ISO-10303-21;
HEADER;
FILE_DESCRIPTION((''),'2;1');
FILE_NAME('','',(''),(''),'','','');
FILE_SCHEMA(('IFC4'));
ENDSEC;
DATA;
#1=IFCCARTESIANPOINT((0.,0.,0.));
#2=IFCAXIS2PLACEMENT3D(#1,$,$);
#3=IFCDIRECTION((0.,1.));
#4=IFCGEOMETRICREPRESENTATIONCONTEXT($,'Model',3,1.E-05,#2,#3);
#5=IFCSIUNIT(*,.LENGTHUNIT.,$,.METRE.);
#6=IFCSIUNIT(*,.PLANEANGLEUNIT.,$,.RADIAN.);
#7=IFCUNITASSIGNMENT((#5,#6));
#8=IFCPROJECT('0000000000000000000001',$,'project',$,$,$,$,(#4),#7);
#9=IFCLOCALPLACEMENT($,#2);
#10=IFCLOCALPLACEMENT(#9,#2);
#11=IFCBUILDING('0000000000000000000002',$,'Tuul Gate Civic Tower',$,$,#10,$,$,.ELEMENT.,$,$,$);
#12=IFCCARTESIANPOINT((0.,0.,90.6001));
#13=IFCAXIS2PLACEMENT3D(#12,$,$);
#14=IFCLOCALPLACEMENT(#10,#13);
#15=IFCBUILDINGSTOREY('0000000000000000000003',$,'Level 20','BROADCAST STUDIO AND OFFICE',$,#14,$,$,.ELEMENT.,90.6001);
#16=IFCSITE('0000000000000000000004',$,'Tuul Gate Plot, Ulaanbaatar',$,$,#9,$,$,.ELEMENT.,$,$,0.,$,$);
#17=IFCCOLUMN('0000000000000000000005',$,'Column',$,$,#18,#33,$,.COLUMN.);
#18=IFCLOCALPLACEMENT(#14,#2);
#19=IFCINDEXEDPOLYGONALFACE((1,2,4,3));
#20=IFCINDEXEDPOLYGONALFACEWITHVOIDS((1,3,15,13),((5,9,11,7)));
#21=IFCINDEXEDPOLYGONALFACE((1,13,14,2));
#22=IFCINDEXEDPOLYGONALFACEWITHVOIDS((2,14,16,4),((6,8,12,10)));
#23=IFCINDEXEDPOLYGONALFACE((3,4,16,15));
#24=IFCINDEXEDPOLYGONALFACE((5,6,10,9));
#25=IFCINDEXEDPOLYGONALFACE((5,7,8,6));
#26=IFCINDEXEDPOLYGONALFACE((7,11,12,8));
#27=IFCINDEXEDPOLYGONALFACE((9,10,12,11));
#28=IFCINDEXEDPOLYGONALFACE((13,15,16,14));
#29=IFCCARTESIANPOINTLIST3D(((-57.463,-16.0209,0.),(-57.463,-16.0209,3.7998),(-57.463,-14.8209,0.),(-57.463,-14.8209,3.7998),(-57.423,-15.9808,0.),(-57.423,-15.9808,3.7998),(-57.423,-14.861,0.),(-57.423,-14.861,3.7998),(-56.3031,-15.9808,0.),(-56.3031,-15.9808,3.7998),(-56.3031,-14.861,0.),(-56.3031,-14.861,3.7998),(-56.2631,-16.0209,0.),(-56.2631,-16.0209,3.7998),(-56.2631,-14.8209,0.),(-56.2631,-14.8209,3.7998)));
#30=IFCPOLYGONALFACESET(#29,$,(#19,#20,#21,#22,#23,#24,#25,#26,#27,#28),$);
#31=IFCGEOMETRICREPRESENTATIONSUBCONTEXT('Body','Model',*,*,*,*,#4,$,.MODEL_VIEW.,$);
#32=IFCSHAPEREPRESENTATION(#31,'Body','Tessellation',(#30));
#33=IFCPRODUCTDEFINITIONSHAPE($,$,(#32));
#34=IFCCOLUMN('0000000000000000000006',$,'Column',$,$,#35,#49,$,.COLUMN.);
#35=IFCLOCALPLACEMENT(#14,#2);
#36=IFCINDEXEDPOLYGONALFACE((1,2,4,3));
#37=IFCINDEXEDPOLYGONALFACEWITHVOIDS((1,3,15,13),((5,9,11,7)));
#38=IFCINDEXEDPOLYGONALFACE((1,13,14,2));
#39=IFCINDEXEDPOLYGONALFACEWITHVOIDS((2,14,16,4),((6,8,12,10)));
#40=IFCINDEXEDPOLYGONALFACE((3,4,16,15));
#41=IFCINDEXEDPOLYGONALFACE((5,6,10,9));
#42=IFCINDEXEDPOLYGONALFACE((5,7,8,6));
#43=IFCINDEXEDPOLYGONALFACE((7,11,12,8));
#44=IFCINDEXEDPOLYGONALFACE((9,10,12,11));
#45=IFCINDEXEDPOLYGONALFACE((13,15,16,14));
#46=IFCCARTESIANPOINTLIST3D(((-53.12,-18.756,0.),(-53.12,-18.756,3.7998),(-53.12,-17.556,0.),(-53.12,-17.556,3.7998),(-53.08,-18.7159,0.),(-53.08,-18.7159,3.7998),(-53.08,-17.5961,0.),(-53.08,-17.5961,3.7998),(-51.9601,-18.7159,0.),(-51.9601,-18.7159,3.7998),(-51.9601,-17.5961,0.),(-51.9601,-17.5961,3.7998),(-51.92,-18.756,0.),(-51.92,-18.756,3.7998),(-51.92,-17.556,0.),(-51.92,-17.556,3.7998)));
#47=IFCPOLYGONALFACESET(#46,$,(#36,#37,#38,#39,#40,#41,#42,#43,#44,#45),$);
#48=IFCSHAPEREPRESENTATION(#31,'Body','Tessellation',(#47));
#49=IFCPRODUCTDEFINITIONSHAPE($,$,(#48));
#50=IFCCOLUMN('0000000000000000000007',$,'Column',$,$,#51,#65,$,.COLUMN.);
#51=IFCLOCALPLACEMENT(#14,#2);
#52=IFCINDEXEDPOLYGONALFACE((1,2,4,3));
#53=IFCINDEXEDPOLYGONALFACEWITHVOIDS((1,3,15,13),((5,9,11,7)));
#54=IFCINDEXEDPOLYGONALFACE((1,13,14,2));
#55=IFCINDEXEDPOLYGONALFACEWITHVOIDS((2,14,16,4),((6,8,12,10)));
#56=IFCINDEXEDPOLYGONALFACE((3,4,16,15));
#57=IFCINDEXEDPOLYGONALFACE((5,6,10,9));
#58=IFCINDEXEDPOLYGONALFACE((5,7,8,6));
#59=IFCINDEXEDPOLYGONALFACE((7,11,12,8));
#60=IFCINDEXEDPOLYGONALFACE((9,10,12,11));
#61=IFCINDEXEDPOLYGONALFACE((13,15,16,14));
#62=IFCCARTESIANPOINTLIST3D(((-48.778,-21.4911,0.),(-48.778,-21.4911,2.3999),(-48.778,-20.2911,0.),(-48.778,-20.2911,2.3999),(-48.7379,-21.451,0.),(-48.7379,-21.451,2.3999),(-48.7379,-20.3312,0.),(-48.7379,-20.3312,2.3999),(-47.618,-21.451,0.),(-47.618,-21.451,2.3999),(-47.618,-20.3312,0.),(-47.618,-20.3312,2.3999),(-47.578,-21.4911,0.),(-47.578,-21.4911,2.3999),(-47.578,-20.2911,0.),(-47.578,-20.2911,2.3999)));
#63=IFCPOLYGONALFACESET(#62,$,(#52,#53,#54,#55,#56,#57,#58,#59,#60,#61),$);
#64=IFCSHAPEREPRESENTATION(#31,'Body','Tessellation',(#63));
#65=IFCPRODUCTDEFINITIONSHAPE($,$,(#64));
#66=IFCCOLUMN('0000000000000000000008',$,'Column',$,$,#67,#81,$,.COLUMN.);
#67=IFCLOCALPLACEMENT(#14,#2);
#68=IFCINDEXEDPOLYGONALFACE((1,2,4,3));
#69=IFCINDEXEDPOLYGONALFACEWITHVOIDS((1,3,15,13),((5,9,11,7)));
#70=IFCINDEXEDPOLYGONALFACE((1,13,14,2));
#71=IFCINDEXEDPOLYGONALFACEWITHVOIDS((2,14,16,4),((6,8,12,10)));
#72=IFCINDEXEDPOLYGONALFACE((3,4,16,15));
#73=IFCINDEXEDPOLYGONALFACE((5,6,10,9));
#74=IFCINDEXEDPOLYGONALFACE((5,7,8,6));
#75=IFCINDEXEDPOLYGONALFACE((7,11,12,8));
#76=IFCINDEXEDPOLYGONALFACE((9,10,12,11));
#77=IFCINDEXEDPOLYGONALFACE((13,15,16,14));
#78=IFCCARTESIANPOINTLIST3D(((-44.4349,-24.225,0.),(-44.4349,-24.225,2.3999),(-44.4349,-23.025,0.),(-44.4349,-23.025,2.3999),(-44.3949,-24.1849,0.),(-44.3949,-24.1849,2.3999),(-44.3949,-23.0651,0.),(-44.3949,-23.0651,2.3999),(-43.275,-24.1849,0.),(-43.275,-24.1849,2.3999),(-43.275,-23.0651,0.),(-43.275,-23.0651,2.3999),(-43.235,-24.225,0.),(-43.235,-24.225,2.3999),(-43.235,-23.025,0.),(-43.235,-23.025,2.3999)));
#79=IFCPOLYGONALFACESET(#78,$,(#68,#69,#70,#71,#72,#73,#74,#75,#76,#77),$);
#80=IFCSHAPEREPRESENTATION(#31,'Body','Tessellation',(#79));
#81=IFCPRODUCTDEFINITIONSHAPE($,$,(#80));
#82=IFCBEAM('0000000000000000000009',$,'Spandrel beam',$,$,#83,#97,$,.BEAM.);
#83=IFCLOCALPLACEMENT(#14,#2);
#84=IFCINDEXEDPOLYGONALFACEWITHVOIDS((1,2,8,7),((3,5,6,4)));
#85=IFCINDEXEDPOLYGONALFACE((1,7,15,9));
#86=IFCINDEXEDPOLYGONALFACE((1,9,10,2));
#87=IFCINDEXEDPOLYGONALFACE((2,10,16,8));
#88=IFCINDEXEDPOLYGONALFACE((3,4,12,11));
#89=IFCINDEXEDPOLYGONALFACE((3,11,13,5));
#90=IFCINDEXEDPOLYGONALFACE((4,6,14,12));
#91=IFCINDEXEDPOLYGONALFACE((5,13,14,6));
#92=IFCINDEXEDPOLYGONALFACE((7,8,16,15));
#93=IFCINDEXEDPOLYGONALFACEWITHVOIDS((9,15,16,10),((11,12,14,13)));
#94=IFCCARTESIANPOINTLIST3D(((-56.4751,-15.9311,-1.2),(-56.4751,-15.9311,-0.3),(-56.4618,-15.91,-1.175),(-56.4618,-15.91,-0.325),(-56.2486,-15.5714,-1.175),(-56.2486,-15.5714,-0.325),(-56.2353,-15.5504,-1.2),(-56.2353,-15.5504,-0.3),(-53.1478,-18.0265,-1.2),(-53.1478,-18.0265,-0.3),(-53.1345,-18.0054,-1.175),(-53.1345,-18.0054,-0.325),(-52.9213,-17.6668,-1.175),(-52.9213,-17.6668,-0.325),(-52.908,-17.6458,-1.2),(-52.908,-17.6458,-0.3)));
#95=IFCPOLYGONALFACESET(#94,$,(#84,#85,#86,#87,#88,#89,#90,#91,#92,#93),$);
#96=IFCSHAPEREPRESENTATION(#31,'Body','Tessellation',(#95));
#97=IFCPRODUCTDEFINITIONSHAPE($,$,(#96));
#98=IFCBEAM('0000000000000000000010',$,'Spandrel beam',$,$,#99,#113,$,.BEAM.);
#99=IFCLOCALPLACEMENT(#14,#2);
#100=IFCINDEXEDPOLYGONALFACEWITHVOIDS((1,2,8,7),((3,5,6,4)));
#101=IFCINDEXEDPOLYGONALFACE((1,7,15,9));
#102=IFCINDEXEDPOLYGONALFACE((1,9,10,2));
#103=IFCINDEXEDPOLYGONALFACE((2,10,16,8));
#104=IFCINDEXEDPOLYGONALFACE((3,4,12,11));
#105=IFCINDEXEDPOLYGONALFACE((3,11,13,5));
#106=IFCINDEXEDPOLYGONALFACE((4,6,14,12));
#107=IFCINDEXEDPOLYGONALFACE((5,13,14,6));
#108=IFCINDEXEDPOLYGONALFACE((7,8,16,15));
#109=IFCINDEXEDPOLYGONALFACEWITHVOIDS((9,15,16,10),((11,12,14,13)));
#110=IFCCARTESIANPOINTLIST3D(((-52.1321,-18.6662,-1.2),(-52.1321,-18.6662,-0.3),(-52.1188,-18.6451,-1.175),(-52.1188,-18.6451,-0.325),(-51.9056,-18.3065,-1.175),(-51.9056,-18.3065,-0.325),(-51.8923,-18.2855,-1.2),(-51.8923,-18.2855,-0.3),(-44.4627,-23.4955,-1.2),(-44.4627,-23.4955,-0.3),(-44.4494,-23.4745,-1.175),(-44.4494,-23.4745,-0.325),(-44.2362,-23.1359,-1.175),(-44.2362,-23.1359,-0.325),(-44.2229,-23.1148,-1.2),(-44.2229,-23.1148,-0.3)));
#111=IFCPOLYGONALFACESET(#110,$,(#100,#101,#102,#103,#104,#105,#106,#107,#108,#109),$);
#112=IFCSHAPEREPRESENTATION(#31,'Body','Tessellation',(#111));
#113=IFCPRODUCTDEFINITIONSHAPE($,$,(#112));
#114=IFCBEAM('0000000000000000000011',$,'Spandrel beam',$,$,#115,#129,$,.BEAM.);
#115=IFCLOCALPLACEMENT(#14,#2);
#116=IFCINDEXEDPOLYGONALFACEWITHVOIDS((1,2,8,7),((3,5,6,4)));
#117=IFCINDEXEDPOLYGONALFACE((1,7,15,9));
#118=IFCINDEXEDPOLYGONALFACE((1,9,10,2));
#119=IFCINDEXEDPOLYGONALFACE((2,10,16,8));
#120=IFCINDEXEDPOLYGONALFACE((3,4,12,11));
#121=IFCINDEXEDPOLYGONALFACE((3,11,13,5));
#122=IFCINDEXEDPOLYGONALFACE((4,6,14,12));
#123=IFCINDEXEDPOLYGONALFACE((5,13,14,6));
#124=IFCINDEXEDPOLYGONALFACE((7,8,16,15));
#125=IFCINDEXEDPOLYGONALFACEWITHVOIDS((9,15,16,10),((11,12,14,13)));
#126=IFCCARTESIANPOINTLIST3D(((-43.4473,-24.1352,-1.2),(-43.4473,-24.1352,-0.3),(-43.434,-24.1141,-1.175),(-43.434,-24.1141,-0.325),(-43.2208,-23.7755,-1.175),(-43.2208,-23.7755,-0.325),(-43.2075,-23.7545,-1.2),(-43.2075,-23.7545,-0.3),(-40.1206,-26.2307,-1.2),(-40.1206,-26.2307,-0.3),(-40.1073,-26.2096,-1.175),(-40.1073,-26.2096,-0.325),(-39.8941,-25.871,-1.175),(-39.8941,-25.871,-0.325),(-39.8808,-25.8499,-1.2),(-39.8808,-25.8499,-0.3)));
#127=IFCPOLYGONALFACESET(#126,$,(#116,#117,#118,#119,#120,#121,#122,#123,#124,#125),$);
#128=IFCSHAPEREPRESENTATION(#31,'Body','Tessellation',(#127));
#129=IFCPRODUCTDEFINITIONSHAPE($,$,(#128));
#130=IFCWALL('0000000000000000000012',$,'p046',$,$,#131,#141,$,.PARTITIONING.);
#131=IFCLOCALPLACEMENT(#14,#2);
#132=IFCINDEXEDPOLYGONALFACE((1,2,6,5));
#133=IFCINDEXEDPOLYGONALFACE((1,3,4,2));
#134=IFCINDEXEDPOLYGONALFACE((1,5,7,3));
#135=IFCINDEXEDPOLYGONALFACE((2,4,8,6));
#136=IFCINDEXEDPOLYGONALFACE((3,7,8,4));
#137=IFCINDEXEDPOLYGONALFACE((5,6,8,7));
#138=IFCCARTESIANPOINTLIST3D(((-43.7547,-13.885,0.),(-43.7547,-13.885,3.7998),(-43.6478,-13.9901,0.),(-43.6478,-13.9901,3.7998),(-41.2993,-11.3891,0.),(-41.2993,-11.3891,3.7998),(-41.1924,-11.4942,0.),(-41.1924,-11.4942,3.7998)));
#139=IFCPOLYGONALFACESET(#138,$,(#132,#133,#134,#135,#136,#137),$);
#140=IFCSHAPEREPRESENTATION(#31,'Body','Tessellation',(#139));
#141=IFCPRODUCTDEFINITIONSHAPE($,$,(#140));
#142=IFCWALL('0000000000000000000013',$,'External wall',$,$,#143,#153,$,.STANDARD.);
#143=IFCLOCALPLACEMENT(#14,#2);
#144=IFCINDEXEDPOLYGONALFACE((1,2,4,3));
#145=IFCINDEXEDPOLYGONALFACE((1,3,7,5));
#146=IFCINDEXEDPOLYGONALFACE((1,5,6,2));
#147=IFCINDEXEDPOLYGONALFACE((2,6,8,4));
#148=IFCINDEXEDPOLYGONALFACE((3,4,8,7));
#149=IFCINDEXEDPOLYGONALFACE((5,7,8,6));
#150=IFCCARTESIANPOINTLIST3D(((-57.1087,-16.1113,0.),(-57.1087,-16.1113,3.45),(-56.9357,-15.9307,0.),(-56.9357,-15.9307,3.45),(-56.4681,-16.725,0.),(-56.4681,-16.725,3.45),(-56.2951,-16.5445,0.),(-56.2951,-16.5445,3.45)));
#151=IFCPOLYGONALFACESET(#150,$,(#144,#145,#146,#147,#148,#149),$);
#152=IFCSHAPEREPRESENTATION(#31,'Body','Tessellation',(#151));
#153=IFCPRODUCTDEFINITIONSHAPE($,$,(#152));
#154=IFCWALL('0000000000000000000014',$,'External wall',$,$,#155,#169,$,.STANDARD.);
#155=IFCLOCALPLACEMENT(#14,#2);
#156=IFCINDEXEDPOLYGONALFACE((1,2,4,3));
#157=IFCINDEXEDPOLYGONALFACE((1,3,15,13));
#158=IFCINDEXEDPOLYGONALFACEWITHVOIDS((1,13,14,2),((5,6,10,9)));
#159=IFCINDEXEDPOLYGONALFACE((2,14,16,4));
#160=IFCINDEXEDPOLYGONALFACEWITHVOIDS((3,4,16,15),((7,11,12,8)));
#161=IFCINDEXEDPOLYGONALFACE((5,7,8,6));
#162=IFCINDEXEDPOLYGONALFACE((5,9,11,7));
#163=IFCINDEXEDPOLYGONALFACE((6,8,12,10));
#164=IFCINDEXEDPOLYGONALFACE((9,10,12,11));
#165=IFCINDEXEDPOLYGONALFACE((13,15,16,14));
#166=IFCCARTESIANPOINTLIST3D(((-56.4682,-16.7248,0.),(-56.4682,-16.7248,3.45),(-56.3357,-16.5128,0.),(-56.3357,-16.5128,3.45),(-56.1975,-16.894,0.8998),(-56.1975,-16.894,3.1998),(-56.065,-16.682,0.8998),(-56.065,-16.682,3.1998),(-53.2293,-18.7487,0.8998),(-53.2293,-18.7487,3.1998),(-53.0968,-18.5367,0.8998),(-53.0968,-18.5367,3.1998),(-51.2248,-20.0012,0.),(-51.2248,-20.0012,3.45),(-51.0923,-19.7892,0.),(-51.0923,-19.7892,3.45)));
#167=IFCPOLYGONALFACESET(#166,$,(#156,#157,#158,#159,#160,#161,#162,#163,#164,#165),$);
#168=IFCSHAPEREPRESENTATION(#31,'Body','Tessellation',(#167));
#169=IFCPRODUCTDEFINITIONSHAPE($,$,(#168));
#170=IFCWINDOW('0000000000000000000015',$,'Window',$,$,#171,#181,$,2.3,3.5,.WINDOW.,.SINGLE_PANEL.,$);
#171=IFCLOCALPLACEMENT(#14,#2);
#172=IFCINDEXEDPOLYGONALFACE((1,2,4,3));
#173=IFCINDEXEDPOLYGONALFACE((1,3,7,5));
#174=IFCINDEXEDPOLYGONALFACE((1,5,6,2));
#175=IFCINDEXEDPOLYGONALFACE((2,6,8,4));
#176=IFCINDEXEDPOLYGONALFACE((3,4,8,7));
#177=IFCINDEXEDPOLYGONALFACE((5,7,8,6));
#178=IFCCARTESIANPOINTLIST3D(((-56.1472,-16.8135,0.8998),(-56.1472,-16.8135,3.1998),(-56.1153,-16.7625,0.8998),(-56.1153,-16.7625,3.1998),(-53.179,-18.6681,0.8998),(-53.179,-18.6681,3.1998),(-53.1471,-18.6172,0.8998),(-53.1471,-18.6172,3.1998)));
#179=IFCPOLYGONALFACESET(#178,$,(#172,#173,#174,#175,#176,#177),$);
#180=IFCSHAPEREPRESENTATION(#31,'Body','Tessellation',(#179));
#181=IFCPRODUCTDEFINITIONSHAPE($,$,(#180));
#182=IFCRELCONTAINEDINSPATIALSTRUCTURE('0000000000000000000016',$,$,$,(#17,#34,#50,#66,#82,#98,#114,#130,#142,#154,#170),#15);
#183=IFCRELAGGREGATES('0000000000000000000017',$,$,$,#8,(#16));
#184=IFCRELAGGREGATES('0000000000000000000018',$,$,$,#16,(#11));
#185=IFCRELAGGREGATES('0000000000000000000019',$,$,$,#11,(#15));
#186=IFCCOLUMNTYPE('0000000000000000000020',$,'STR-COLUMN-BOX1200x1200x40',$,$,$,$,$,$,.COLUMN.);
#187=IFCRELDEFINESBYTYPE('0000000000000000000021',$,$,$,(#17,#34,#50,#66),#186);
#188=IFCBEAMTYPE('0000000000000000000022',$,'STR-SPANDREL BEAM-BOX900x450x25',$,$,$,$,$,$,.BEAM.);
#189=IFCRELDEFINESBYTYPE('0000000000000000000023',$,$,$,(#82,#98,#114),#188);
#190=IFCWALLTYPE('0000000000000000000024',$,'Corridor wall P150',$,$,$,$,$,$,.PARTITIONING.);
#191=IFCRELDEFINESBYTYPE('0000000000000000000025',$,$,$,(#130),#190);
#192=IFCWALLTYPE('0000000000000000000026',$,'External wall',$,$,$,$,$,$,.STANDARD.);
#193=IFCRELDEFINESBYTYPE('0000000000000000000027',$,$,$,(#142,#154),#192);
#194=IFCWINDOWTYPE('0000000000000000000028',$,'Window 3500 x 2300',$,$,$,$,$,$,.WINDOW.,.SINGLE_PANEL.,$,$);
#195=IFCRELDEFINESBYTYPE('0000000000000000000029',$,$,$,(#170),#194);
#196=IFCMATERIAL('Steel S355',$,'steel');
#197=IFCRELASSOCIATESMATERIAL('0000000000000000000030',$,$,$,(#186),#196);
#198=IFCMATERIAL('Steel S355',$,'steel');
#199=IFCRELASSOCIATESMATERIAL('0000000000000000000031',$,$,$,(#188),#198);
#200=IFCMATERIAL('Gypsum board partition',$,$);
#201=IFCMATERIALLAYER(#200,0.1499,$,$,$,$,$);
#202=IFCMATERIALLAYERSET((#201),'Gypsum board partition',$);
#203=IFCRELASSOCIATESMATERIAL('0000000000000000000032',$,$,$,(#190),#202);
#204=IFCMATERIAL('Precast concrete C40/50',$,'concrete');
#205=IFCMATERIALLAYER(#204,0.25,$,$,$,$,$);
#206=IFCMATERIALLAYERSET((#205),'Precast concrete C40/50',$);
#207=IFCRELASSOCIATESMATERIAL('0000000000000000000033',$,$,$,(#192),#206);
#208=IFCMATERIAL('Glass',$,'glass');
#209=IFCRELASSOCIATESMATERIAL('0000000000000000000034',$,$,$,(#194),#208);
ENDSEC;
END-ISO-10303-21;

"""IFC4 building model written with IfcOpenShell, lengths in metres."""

from ifc_helpers import new_model, si_unit, direction, frame, frame_2d, origin, origin_2d, place, context, subcontext, project, spatial, rectangle, hollow_rectangle, extrude, material, layer, layer_set, material_profile, profile_set, type_object, element, fill, save


model = new_model("IFC4")

# Units and contexts
model_context = context("Model", 3, precision=1e-05, world=origin(), true_north=direction((0.0, 1.0)))
body_context = subcontext(model_context, "Body", "Model", "MODEL_VIEW")
ifc_project = project(units=[si_unit("LENGTHUNIT", "METRE"), si_unit("PLANEANGLEUNIT", "RADIAN")], contexts=[model_context])

# Site, building, storey
site_placement = place(None, origin())
site = spatial("IfcSite", under=ifc_project, at=site_placement, Name="Tuul Gate Plot, Ulaanbaatar", CompositionType="ELEMENT", RefElevation=0.0)
building_placement = place(site_placement, origin())
building = spatial("IfcBuilding", under=site, at=building_placement, Name="Tuul Gate Civic Tower", CompositionType="ELEMENT")
storey_placement = place(building_placement, frame((0.0, 0.0, 90.6001)))
storey = spatial("IfcBuildingStorey", under=building, at=storey_placement, Name="Level 20", Description="BROADCAST STUDIO AND OFFICE", CompositionType="ELEMENT", Elevation=90.6001)

# Columns
ifc_material_1 = material(Name="Steel S355", Category="steel")
ifc_material_profile_1 = material_profile(ifc_material_1, hollow_rectangle(XDim=1.2, YDim=1.2, WallThickness=0.04, at=origin_2d()), Name="BOX1200x1200x40")
ifc_profile_set_1 = profile_set([ifc_material_profile_1], Name="Steel S355")
column_type = type_object("IfcColumnType", Name="STR-COLUMN-BOX1200x1200x40", PredefinedType="COLUMN", material=ifc_profile_set_1)
for number, where, z_axis, x_axis, name in (
    (1, (-56.863, -15.4209, 0.0), (0.0, 0.0, 1.0), (1.0, 0.0, 0.0), "Column"),
    (2, (-52.52, -18.156, 0.0), (0.0, 0.0, 1.0), (1.0, 0.0, 0.0), "Column"),
):
    element("IfcColumn", number, at=place(storey_placement, frame(where, z_axis=z_axis, x_axis=x_axis)), inside=storey, type_object=column_type, Name=name, PredefinedType="COLUMN", context=body_context, shape_type="SweptSolid", body=[
        extrude(hollow_rectangle(XDim=1.2, YDim=1.2, WallThickness=0.04, at=origin_2d()), origin(), (0.0, 0.0, 1.0), 3.7998),
    ])
for number, where, z_axis, x_axis, name in (
    (3, (-48.178, -20.8911, 0.0), (0.0, 0.0, 1.0), (1.0, 0.0, 0.0), "Column"),
    (4, (-43.835, -23.625, 0.0), (0.0, 0.0, 1.0), (1.0, 0.0, 0.0), "Column"),
):
    element("IfcColumn", number, at=place(storey_placement, frame(where, z_axis=z_axis, x_axis=x_axis)), inside=storey, type_object=column_type, Name=name, PredefinedType="COLUMN", context=body_context, shape_type="SweptSolid", body=[
        extrude(hollow_rectangle(XDim=1.2, YDim=1.2, WallThickness=0.04, at=origin_2d()), origin(), (0.0, 0.0, 1.0), 2.3999),
    ])

# Beams
ifc_material_2 = material(Name="Steel S355", Category="steel")
ifc_material_profile_2 = material_profile(ifc_material_2, hollow_rectangle(XDim=0.45, YDim=0.8999, WallThickness=0.0249, at=origin_2d()), Name="BOX900x450x25")
ifc_profile_set_2 = profile_set([ifc_material_profile_2], Name="Steel S355")
beam_type = type_object("IfcBeamType", Name="STR-SPANDREL BEAM-BOX900x450x25", PredefinedType="BEAM", material=ifc_profile_set_2)
beam_1_placement = place(storey_placement, frame((-56.3552, -15.7407, -0.75), z_axis=(0.846183, -0.532892, 0.0), x_axis=(0.532892, 0.846183, 0.0)))
element("IfcBeam", 5, at=beam_1_placement, inside=storey, type_object=beam_type, Name="Spandrel beam", PredefinedType="BEAM", context=body_context, shape_type="SweptSolid", body=[
    extrude(hollow_rectangle(XDim=0.45, YDim=0.8999, WallThickness=0.0249, at=origin_2d()), origin(), (0.0, 0.0, 1.0), 3.9321),
])
beam_2_placement = place(storey_placement, frame((-52.0122, -18.4758, -0.75), z_axis=(0.846211, -0.532848, 0.0), x_axis=(0.532848, 0.846211, 0.0)))
element("IfcBeam", 6, at=beam_2_placement, inside=storey, type_object=beam_type, Name="Spandrel beam", PredefinedType="BEAM", context=body_context, shape_type="SweptSolid", body=[
    extrude(hollow_rectangle(XDim=0.45, YDim=0.8999, WallThickness=0.0249, at=origin_2d()), origin(), (0.0, 0.0, 1.0), 9.0632),
])
beam_3_placement = place(storey_placement, frame((-43.3274, -23.9448, -0.75), z_axis=(0.84613, -0.532976, 0.0), x_axis=(0.532976, 0.84613, 0.0)))
element("IfcBeam", 7, at=beam_3_placement, inside=storey, type_object=beam_type, Name="Spandrel beam", PredefinedType="BEAM", context=body_context, shape_type="SweptSolid", body=[
    extrude(hollow_rectangle(XDim=0.45, YDim=0.8999, WallThickness=0.0249, at=origin_2d()), origin(), (0.0, 0.0, 1.0), 3.9316),
])

# Walls
ifc_material_3 = material(Name="Gypsum board partition")
ifc_layer_1 = layer(ifc_material_3, 0.1499)
ifc_layer_set_1 = layer_set([ifc_layer_1], Name="Gypsum board partition")
wall_type_1 = type_object("IfcWallType", Name="Corridor wall P150", PredefinedType="PARTITIONING", material=ifc_layer_set_1)
wall_1_placement = place(storey_placement, frame((-43.7012, -13.9375, 0.0), z_axis=(0.0, 0.0, 1.0), x_axis=(0.701295, 0.712871, 0.0)))
element("IfcWall", 8, at=wall_1_placement, inside=storey, type_object=wall_type_1, Name="p046", PredefinedType="PARTITIONING", context=body_context, shape_type="SweptSolid", body=[
    extrude(rectangle(XDim=3.5012, YDim=0.1499, at=frame_2d((1.7505, 0.0))), origin(), (0.0, 0.0, 1.0), 3.7998),
])
ifc_material_4 = material(Name="Precast concrete C40/50", Category="concrete")
ifc_layer_2 = layer(ifc_material_4, 0.25)
ifc_layer_set_2 = layer_set([ifc_layer_2], Name="Precast concrete C40/50")
wall_type_2 = type_object("IfcWallType", Name="External wall", PredefinedType="STANDARD", material=ifc_layer_set_2)
wall_2_placement = place(storey_placement, frame((-57.0222, -16.021, 0.0), z_axis=(0.0, 0.0, 1.0), x_axis=(0.72208, -0.69181, 0.0)))
element("IfcWall", 9, at=wall_2_placement, inside=storey, type_object=wall_type_2, Name="External wall", PredefinedType="STANDARD", context=body_context, shape_type="SweptSolid", body=[
    extrude(rectangle(XDim=0.8872, YDim=0.25, at=frame_2d((0.4436, 0.0))), origin(), (0.0, 0.0, 1.0), 3.45),
])

# Wall, opening, window
wall_3_placement = place(storey_placement, frame((-56.4019, -16.6189, 0.0), z_axis=(0.0, 0.0, 1.0), x_axis=(0.848054, -0.52991, 0.0)))
wall_3 = element("IfcWall", 10, at=wall_3_placement, inside=storey, type_object=wall_type_2, Name="External wall", PredefinedType="STANDARD", context=body_context, shape_type="SweptSolid", body=[
    extrude(rectangle(XDim=6.1829, YDim=0.25, at=frame_2d((3.0913, 0.0))), origin(), (0.0, 0.0, 1.0), 3.45),
])
opening_1_placement = place(wall_3_placement, frame((0.3191, 0.0, 0.8999)))
opening_1 = element("IfcOpeningElement", 11, at=opening_1_placement, cuts=wall_3, PredefinedType="OPENING", context=body_context, shape_type="SweptSolid", body=[
    extrude(rectangle(XDim=3.5, YDim=2.3, at=frame_2d((1.75, 1.1499))), frame((0.0, 0.135, 0.0), z_axis=(0.0, -1.0, 0.0), x_axis=(1.0, 0.0, 0.0)), (0.0, 0.0, 1.0), 0.27),
])
ifc_material_5 = material(Name="Glass", Category="glass")
window_type_1 = type_object("IfcWindowType", Name="Window 3500 x 2300", PartitioningType="SINGLE_PANEL", PredefinedType="WINDOW", material=ifc_material_5)
window_1_placement = place(opening_1_placement, origin())
window_1 = element("IfcWindow", 12, at=window_1_placement, inside=storey, type_object=window_type_1, Name="Window", OverallHeight=2.3, OverallWidth=3.5, PartitioningType="SINGLE_PANEL", PredefinedType="WINDOW", context=body_context, shape_type="SweptSolid", body=[
    extrude(rectangle(XDim=3.5, YDim=2.3, at=frame_2d((1.75, 1.1499))), frame((0.0, 0.03, 0.0), z_axis=(0.0, -1.0, 0.0), x_axis=(1.0, 0.0, 0.0)), (0.0, 0.0, 1.0), 0.0601),
])
fill(opening_1, window_1)

save(model, "model.ifc")
